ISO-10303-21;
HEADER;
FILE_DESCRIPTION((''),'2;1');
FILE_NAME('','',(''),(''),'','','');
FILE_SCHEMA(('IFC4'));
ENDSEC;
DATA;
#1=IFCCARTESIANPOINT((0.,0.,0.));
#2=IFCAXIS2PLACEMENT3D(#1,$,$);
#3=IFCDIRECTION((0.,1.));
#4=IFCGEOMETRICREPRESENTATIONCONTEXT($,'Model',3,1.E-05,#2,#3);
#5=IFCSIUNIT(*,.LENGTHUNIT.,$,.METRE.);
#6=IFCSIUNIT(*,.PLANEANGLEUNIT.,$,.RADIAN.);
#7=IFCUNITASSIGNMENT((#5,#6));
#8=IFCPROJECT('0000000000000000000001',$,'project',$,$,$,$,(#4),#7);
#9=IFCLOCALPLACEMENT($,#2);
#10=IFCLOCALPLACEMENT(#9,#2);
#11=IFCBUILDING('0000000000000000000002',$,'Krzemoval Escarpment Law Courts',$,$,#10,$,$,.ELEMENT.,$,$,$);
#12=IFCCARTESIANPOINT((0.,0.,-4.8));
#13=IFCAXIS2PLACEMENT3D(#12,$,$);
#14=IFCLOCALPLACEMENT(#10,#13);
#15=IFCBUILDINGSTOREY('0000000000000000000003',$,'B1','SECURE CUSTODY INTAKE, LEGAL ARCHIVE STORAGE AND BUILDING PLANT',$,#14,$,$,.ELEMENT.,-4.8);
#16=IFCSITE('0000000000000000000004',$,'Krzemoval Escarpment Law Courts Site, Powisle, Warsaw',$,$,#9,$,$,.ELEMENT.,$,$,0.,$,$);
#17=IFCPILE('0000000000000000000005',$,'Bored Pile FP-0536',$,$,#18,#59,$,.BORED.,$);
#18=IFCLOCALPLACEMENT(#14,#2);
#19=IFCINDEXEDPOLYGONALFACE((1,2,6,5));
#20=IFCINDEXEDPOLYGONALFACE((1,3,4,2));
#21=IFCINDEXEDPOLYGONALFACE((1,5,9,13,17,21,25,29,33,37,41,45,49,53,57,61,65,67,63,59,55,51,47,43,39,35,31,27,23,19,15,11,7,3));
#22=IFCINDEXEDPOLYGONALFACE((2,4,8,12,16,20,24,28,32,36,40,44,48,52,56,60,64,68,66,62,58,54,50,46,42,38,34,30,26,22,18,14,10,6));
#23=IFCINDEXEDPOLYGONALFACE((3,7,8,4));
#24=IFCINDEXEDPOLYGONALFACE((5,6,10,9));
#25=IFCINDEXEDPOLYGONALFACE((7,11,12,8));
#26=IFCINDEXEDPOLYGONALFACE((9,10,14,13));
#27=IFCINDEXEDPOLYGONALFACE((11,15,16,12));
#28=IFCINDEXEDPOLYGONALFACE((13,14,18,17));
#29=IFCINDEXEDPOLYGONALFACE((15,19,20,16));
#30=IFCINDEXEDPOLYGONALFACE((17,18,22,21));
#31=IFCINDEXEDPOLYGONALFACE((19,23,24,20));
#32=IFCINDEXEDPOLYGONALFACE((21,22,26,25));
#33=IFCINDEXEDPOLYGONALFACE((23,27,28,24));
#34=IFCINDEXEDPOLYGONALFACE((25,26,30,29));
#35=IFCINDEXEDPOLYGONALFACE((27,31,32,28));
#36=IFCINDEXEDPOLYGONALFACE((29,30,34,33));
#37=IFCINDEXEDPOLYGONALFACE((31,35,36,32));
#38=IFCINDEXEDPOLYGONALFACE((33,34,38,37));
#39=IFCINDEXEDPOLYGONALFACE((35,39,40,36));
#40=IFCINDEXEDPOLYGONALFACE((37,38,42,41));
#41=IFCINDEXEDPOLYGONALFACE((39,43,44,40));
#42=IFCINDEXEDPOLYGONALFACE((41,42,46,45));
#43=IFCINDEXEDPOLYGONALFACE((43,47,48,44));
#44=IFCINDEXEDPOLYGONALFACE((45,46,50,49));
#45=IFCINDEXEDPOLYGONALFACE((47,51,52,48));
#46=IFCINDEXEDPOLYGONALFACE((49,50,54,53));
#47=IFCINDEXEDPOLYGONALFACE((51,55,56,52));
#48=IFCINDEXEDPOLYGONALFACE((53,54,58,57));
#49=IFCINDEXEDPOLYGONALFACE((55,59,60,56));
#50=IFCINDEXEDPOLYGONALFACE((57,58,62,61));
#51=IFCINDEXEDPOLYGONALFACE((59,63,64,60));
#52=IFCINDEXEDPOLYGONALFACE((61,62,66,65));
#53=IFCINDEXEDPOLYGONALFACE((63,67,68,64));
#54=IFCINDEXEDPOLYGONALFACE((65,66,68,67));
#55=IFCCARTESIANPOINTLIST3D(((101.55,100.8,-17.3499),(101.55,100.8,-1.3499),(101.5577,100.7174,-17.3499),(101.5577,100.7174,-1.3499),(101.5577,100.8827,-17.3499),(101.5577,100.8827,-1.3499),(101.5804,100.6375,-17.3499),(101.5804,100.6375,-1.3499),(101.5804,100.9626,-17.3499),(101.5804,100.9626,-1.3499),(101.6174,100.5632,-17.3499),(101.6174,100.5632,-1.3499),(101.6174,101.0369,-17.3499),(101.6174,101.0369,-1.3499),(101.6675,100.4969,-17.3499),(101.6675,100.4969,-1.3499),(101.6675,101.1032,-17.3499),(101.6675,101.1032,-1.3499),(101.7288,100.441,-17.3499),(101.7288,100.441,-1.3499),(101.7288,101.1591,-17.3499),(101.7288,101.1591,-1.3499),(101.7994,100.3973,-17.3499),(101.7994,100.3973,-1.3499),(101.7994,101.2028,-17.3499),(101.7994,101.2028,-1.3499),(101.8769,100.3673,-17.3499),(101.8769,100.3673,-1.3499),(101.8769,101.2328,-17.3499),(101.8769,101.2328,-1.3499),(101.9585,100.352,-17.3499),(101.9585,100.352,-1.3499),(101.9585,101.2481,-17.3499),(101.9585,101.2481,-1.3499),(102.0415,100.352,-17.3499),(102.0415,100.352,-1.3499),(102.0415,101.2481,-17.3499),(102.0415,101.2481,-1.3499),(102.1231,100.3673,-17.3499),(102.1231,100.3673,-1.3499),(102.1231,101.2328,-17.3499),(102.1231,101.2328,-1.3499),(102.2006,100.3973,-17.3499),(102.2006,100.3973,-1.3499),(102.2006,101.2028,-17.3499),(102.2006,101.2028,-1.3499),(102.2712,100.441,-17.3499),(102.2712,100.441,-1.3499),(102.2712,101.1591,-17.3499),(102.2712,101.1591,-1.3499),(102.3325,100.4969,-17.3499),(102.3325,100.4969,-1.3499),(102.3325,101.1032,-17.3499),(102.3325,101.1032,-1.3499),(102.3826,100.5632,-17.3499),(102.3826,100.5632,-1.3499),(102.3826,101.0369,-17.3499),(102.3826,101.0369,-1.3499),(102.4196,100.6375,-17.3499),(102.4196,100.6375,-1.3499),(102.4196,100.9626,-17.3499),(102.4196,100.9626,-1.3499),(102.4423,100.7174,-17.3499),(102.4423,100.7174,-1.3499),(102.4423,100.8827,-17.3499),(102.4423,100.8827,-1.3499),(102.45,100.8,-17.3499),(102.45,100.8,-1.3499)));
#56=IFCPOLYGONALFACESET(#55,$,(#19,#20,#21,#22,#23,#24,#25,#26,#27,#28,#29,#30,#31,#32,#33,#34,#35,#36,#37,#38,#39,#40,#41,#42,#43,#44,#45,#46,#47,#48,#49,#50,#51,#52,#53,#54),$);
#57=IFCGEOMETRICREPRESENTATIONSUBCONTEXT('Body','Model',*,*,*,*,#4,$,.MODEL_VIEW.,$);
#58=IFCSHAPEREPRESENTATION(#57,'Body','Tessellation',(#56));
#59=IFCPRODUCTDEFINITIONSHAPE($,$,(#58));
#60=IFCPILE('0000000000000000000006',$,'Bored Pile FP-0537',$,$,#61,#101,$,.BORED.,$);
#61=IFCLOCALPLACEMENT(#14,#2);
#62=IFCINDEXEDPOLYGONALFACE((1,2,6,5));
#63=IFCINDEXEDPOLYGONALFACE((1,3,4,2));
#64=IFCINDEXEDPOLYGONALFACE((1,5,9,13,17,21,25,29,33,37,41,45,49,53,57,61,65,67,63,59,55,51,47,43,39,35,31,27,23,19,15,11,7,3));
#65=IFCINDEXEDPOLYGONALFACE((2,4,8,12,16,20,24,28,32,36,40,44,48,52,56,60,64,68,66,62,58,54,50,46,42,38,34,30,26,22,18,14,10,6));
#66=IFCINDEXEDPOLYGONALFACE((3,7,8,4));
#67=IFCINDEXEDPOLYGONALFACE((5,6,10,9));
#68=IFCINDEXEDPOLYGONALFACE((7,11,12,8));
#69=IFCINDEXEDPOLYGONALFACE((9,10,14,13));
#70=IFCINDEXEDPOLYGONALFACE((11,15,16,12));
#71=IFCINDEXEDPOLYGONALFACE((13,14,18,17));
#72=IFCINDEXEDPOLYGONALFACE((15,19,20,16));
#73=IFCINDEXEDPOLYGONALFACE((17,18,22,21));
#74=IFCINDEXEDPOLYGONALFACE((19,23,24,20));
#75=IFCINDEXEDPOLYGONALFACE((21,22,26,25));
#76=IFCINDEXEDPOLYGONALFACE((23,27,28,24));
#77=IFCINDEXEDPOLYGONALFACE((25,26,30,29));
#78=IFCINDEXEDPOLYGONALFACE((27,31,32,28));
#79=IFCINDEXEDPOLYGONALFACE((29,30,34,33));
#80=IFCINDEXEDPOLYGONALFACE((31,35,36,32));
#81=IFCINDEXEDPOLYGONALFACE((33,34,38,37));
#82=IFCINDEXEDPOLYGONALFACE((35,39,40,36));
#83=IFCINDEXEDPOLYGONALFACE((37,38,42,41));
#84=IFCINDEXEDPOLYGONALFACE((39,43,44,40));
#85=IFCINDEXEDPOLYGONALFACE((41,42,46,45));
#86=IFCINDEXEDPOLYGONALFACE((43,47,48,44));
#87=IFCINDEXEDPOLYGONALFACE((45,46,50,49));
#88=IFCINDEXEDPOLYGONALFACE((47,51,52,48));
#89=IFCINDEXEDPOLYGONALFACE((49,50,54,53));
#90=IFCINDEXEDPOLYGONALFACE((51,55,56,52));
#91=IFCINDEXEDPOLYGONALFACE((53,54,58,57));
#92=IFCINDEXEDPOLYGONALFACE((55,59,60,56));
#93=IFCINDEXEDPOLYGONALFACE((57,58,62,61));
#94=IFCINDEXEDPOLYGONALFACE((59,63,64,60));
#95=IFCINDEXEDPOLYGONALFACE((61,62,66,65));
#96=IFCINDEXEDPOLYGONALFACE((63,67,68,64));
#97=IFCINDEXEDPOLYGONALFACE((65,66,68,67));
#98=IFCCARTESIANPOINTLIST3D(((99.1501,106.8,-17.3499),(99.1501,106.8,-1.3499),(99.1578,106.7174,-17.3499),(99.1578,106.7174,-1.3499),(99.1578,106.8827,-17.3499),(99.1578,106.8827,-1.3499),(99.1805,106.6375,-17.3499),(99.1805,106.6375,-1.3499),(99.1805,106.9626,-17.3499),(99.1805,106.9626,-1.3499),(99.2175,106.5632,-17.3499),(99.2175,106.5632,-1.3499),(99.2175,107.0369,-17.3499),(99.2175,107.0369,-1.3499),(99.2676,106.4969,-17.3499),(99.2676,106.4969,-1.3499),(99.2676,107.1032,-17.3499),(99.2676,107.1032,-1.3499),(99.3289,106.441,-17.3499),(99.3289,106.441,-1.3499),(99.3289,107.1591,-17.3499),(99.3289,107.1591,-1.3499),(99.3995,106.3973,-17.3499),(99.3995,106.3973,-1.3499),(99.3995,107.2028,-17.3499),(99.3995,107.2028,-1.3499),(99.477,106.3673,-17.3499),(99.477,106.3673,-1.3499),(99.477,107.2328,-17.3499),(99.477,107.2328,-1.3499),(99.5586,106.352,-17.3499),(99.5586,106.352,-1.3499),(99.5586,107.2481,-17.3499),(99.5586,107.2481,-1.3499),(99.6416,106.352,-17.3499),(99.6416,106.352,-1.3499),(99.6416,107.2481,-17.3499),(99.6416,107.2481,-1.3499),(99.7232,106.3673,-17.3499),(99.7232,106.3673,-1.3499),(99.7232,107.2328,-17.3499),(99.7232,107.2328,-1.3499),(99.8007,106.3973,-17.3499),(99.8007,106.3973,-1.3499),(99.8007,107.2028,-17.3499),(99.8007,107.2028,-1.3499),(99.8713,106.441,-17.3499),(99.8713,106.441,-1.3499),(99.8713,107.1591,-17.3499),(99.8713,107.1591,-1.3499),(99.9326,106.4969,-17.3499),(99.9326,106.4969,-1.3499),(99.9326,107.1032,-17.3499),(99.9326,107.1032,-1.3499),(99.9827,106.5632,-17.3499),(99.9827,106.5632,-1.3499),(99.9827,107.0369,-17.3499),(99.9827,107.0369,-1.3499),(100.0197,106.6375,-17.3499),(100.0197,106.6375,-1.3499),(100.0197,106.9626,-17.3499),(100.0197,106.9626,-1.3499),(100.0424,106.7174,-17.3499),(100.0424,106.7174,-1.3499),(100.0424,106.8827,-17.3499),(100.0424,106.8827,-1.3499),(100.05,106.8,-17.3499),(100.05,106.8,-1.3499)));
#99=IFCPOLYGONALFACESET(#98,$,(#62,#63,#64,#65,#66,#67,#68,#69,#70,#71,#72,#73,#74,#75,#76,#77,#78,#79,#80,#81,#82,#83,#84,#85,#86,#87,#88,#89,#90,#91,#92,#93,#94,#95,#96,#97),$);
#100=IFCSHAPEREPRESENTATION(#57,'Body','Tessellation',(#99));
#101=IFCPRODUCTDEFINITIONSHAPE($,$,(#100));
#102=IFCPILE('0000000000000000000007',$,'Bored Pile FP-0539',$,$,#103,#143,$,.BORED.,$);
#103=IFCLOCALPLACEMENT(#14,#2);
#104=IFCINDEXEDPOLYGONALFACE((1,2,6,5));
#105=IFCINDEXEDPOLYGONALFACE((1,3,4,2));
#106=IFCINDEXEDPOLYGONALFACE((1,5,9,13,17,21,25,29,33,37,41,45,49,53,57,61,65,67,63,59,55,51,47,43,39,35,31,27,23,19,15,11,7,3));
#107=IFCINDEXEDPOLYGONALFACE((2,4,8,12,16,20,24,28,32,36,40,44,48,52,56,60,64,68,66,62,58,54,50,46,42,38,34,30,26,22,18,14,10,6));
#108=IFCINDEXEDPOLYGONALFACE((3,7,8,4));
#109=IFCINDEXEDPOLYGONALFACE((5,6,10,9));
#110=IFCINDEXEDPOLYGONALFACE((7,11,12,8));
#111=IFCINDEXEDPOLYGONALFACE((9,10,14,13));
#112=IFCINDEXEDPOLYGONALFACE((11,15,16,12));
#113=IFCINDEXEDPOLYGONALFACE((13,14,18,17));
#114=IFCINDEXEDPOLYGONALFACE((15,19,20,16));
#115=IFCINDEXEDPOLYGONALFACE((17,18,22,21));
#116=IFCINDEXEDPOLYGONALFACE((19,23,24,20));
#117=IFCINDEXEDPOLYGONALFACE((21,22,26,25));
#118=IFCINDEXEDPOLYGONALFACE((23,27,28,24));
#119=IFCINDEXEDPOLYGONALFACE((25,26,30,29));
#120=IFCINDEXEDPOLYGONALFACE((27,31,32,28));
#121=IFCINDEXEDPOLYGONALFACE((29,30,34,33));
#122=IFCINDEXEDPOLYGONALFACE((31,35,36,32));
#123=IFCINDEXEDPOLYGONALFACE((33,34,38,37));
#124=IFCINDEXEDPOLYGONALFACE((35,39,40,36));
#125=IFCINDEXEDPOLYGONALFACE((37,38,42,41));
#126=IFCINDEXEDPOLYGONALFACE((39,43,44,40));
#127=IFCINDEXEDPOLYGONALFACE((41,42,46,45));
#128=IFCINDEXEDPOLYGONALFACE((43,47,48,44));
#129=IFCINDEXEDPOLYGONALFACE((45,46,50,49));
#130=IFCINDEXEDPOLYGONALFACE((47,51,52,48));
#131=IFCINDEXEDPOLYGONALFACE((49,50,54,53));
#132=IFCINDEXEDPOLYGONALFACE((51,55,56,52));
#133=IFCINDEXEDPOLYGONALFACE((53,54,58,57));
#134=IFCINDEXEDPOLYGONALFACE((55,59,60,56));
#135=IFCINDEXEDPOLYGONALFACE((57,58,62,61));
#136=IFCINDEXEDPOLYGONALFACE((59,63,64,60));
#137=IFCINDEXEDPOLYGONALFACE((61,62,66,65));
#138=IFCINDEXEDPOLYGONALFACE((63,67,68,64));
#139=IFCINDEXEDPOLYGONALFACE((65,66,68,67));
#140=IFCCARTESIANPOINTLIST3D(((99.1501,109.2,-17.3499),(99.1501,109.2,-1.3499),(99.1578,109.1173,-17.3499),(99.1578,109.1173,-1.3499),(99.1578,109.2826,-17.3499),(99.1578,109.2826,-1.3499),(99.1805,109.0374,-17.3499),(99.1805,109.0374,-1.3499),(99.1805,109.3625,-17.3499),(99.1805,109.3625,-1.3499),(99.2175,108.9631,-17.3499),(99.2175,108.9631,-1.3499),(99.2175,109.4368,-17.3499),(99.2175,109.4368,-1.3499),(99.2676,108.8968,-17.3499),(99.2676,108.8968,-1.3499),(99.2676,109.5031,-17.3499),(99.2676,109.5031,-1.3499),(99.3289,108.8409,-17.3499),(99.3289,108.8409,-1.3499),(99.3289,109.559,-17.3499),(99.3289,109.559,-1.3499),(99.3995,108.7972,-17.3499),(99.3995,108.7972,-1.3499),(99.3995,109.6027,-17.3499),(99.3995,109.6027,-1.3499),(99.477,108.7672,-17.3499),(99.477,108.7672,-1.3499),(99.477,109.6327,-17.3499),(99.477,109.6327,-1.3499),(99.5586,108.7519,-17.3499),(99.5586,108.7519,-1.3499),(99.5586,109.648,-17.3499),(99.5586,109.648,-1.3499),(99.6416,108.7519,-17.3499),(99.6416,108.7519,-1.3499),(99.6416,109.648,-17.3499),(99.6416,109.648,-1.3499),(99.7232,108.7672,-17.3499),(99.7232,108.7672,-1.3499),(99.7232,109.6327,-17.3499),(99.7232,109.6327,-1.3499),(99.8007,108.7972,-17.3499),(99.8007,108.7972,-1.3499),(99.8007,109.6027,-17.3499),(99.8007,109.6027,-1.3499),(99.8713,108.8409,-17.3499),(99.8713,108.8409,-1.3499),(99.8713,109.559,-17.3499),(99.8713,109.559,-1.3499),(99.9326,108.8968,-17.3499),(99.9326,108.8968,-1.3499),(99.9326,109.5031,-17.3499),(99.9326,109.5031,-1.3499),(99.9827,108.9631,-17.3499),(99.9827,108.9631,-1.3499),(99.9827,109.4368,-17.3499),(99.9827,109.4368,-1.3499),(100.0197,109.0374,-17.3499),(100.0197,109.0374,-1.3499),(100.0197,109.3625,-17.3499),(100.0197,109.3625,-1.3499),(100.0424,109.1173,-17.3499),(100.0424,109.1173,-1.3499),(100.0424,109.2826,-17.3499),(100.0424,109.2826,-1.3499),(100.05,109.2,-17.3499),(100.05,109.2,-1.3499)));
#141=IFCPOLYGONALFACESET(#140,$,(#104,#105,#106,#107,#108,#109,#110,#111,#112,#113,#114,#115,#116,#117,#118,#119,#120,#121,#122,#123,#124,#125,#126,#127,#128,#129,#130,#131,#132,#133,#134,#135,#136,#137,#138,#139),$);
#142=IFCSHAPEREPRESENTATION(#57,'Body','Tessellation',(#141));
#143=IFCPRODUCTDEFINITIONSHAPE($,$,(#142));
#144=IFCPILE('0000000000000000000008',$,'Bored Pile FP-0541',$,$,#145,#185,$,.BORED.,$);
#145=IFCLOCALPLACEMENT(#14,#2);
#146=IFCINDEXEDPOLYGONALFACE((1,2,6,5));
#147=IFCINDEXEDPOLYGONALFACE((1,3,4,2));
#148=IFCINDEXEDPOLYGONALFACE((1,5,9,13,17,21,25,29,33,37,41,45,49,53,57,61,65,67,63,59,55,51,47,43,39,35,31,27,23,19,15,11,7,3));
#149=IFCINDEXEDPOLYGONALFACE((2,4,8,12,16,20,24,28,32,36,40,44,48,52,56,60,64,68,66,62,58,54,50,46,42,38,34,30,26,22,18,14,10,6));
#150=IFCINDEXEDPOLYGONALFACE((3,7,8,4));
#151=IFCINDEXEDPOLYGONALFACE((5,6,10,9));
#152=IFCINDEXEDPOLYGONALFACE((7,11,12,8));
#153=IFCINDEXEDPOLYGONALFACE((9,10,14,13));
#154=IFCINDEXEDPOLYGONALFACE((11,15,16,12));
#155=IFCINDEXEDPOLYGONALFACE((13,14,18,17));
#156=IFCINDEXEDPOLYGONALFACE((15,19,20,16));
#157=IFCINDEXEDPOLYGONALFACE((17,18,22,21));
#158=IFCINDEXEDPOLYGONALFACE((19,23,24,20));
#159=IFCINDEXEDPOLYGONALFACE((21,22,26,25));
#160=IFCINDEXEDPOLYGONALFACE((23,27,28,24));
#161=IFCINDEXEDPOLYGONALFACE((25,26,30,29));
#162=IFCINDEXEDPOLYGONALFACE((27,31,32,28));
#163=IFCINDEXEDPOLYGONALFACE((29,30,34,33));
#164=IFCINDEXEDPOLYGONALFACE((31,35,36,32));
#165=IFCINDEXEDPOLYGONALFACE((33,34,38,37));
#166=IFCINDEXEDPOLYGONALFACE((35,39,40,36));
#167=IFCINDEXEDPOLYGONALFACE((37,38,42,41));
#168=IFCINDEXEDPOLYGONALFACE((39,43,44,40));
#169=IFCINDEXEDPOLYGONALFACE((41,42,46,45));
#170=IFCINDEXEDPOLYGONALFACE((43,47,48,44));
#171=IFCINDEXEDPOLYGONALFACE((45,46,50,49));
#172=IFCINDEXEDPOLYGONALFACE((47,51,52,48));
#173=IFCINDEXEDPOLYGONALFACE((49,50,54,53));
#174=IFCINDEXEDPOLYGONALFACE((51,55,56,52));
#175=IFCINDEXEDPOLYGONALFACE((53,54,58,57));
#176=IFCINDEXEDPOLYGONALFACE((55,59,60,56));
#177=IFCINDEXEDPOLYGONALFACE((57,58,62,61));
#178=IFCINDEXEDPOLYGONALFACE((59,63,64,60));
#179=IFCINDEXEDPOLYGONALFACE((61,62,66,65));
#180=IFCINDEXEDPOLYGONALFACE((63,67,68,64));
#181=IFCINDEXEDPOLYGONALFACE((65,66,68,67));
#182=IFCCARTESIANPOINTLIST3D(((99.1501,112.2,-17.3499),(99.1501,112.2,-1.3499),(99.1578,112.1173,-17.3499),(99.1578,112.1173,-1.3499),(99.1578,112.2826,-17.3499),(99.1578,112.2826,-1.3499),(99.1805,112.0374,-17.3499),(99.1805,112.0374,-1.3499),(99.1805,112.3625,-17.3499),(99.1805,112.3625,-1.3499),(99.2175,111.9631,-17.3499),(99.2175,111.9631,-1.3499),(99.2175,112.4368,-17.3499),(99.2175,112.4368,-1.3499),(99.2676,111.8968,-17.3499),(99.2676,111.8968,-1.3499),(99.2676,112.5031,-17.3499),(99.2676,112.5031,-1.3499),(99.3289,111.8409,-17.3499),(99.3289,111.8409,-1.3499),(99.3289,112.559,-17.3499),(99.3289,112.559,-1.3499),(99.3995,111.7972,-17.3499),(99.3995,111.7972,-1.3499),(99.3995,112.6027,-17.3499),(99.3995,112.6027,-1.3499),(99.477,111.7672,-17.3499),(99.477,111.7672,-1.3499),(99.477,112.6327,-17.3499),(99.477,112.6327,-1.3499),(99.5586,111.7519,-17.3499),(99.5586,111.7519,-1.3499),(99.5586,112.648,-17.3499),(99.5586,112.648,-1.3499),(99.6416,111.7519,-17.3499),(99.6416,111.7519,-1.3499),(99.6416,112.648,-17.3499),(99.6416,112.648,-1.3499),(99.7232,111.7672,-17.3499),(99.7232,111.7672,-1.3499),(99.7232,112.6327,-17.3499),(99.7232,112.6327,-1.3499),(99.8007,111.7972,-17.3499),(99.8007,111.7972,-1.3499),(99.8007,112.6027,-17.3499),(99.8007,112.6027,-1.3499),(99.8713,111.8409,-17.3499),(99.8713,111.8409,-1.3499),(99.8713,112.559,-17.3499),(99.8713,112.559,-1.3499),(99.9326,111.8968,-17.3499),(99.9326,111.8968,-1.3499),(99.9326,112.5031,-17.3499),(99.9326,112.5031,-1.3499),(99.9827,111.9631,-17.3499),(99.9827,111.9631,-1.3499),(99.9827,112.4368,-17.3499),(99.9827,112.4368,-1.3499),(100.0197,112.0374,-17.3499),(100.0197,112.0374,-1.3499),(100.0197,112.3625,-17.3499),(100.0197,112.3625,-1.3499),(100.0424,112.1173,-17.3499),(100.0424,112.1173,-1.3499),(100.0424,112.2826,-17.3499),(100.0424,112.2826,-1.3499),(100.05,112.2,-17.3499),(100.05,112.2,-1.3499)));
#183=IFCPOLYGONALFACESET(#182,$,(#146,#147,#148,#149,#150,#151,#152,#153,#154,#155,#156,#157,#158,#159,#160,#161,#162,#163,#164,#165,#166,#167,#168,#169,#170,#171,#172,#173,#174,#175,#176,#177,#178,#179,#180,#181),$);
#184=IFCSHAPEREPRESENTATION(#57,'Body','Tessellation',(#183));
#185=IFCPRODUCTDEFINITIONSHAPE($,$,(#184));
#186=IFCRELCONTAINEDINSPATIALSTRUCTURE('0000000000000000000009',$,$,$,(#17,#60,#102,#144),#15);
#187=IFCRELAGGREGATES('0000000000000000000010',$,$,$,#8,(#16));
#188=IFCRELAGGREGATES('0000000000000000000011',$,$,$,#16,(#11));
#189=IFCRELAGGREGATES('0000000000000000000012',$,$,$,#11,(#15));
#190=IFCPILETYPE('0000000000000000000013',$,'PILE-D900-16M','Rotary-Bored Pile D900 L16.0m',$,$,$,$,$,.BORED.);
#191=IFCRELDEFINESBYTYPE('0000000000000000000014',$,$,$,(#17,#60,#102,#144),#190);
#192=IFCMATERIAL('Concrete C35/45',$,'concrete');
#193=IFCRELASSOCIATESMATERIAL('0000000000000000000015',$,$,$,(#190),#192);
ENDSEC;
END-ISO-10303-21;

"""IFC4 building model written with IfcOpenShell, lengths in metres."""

from ifc_helpers import new_model, si_unit, direction, frame, origin, origin_2d, place, context, subcontext, project, spatial, circle, extrude, material, material_profile, profile_set, type_object, element, save


model = new_model("IFC4")

# Units and contexts
model_context = context("Model", 3, precision=1e-05, world=origin(), true_north=direction((0.0, 1.0)))
body_context = subcontext(model_context, "Body", "Model", "MODEL_VIEW")
ifc_project = project(units=[si_unit("LENGTHUNIT", "METRE"), si_unit("PLANEANGLEUNIT", "RADIAN")], contexts=[model_context])

# Site, building, storey
site_placement = place(None, origin())
site = spatial("IfcSite", under=ifc_project, at=site_placement, Name="Krzemoval Escarpment Law Courts Site, Powisle, Warsaw", CompositionType="ELEMENT", RefElevation=0.0)
building_placement = place(site_placement, origin())
building = spatial("IfcBuilding", under=site, at=building_placement, Name="Krzemoval Escarpment Law Courts", CompositionType="ELEMENT")
storey_placement = place(building_placement, frame((0.0, 0.0, -4.8)))
storey = spatial("IfcBuildingStorey", under=building, at=storey_placement, Name="B1", Description="SECURE CUSTODY INTAKE, LEGAL ARCHIVE STORAGE AND BUILDING PLANT", CompositionType="ELEMENT", Elevation=-4.8)

# Piles
ifc_material_1 = material(Name="Concrete C35/45", Category="concrete")
ifc_material_profile_1 = material_profile(ifc_material_1, circle(Radius=0.45, at=origin_2d()), Name="PILE D900")
ifc_profile_set_1 = profile_set([ifc_material_profile_1], Name="Concrete C35/45")
pile_type = type_object("IfcPileType", Name="PILE-D900-16M", Description="Rotary-Bored Pile D900 L16.0m", PredefinedType="BORED", material=ifc_profile_set_1)
for number, where, z_axis, x_axis, name in (
    (1, (102.0, 100.8, -1.3499), (0.0, 0.0, -1.0), (1.0, 0.0, 0.0), "Bored Pile FP-0536"),
    (2, (99.6001, 106.8, -1.3499), (0.0, 0.0, -1.0), (1.0, 0.0, 0.0), "Bored Pile FP-0537"),
    (3, (99.6001, 109.2, -1.3499), (0.0, 0.0, -1.0), (1.0, 0.0, 0.0), "Bored Pile FP-0539"),
    (4, (99.6001, 112.2, -1.3499), (0.0, 0.0, -1.0), (1.0, 0.0, 0.0), "Bored Pile FP-0541"),
):
    element("IfcPile", number, at=place(storey_placement, frame(where, z_axis=z_axis, x_axis=x_axis)), inside=storey, type_object=pile_type, Name=name, PredefinedType="BORED", context=body_context, shape_type="SweptSolid", body=[
        extrude(circle(Radius=0.45, at=origin_2d()), origin(), (0.0, 0.0, 1.0), 16.0),
    ])

save(model, "model.ifc")
